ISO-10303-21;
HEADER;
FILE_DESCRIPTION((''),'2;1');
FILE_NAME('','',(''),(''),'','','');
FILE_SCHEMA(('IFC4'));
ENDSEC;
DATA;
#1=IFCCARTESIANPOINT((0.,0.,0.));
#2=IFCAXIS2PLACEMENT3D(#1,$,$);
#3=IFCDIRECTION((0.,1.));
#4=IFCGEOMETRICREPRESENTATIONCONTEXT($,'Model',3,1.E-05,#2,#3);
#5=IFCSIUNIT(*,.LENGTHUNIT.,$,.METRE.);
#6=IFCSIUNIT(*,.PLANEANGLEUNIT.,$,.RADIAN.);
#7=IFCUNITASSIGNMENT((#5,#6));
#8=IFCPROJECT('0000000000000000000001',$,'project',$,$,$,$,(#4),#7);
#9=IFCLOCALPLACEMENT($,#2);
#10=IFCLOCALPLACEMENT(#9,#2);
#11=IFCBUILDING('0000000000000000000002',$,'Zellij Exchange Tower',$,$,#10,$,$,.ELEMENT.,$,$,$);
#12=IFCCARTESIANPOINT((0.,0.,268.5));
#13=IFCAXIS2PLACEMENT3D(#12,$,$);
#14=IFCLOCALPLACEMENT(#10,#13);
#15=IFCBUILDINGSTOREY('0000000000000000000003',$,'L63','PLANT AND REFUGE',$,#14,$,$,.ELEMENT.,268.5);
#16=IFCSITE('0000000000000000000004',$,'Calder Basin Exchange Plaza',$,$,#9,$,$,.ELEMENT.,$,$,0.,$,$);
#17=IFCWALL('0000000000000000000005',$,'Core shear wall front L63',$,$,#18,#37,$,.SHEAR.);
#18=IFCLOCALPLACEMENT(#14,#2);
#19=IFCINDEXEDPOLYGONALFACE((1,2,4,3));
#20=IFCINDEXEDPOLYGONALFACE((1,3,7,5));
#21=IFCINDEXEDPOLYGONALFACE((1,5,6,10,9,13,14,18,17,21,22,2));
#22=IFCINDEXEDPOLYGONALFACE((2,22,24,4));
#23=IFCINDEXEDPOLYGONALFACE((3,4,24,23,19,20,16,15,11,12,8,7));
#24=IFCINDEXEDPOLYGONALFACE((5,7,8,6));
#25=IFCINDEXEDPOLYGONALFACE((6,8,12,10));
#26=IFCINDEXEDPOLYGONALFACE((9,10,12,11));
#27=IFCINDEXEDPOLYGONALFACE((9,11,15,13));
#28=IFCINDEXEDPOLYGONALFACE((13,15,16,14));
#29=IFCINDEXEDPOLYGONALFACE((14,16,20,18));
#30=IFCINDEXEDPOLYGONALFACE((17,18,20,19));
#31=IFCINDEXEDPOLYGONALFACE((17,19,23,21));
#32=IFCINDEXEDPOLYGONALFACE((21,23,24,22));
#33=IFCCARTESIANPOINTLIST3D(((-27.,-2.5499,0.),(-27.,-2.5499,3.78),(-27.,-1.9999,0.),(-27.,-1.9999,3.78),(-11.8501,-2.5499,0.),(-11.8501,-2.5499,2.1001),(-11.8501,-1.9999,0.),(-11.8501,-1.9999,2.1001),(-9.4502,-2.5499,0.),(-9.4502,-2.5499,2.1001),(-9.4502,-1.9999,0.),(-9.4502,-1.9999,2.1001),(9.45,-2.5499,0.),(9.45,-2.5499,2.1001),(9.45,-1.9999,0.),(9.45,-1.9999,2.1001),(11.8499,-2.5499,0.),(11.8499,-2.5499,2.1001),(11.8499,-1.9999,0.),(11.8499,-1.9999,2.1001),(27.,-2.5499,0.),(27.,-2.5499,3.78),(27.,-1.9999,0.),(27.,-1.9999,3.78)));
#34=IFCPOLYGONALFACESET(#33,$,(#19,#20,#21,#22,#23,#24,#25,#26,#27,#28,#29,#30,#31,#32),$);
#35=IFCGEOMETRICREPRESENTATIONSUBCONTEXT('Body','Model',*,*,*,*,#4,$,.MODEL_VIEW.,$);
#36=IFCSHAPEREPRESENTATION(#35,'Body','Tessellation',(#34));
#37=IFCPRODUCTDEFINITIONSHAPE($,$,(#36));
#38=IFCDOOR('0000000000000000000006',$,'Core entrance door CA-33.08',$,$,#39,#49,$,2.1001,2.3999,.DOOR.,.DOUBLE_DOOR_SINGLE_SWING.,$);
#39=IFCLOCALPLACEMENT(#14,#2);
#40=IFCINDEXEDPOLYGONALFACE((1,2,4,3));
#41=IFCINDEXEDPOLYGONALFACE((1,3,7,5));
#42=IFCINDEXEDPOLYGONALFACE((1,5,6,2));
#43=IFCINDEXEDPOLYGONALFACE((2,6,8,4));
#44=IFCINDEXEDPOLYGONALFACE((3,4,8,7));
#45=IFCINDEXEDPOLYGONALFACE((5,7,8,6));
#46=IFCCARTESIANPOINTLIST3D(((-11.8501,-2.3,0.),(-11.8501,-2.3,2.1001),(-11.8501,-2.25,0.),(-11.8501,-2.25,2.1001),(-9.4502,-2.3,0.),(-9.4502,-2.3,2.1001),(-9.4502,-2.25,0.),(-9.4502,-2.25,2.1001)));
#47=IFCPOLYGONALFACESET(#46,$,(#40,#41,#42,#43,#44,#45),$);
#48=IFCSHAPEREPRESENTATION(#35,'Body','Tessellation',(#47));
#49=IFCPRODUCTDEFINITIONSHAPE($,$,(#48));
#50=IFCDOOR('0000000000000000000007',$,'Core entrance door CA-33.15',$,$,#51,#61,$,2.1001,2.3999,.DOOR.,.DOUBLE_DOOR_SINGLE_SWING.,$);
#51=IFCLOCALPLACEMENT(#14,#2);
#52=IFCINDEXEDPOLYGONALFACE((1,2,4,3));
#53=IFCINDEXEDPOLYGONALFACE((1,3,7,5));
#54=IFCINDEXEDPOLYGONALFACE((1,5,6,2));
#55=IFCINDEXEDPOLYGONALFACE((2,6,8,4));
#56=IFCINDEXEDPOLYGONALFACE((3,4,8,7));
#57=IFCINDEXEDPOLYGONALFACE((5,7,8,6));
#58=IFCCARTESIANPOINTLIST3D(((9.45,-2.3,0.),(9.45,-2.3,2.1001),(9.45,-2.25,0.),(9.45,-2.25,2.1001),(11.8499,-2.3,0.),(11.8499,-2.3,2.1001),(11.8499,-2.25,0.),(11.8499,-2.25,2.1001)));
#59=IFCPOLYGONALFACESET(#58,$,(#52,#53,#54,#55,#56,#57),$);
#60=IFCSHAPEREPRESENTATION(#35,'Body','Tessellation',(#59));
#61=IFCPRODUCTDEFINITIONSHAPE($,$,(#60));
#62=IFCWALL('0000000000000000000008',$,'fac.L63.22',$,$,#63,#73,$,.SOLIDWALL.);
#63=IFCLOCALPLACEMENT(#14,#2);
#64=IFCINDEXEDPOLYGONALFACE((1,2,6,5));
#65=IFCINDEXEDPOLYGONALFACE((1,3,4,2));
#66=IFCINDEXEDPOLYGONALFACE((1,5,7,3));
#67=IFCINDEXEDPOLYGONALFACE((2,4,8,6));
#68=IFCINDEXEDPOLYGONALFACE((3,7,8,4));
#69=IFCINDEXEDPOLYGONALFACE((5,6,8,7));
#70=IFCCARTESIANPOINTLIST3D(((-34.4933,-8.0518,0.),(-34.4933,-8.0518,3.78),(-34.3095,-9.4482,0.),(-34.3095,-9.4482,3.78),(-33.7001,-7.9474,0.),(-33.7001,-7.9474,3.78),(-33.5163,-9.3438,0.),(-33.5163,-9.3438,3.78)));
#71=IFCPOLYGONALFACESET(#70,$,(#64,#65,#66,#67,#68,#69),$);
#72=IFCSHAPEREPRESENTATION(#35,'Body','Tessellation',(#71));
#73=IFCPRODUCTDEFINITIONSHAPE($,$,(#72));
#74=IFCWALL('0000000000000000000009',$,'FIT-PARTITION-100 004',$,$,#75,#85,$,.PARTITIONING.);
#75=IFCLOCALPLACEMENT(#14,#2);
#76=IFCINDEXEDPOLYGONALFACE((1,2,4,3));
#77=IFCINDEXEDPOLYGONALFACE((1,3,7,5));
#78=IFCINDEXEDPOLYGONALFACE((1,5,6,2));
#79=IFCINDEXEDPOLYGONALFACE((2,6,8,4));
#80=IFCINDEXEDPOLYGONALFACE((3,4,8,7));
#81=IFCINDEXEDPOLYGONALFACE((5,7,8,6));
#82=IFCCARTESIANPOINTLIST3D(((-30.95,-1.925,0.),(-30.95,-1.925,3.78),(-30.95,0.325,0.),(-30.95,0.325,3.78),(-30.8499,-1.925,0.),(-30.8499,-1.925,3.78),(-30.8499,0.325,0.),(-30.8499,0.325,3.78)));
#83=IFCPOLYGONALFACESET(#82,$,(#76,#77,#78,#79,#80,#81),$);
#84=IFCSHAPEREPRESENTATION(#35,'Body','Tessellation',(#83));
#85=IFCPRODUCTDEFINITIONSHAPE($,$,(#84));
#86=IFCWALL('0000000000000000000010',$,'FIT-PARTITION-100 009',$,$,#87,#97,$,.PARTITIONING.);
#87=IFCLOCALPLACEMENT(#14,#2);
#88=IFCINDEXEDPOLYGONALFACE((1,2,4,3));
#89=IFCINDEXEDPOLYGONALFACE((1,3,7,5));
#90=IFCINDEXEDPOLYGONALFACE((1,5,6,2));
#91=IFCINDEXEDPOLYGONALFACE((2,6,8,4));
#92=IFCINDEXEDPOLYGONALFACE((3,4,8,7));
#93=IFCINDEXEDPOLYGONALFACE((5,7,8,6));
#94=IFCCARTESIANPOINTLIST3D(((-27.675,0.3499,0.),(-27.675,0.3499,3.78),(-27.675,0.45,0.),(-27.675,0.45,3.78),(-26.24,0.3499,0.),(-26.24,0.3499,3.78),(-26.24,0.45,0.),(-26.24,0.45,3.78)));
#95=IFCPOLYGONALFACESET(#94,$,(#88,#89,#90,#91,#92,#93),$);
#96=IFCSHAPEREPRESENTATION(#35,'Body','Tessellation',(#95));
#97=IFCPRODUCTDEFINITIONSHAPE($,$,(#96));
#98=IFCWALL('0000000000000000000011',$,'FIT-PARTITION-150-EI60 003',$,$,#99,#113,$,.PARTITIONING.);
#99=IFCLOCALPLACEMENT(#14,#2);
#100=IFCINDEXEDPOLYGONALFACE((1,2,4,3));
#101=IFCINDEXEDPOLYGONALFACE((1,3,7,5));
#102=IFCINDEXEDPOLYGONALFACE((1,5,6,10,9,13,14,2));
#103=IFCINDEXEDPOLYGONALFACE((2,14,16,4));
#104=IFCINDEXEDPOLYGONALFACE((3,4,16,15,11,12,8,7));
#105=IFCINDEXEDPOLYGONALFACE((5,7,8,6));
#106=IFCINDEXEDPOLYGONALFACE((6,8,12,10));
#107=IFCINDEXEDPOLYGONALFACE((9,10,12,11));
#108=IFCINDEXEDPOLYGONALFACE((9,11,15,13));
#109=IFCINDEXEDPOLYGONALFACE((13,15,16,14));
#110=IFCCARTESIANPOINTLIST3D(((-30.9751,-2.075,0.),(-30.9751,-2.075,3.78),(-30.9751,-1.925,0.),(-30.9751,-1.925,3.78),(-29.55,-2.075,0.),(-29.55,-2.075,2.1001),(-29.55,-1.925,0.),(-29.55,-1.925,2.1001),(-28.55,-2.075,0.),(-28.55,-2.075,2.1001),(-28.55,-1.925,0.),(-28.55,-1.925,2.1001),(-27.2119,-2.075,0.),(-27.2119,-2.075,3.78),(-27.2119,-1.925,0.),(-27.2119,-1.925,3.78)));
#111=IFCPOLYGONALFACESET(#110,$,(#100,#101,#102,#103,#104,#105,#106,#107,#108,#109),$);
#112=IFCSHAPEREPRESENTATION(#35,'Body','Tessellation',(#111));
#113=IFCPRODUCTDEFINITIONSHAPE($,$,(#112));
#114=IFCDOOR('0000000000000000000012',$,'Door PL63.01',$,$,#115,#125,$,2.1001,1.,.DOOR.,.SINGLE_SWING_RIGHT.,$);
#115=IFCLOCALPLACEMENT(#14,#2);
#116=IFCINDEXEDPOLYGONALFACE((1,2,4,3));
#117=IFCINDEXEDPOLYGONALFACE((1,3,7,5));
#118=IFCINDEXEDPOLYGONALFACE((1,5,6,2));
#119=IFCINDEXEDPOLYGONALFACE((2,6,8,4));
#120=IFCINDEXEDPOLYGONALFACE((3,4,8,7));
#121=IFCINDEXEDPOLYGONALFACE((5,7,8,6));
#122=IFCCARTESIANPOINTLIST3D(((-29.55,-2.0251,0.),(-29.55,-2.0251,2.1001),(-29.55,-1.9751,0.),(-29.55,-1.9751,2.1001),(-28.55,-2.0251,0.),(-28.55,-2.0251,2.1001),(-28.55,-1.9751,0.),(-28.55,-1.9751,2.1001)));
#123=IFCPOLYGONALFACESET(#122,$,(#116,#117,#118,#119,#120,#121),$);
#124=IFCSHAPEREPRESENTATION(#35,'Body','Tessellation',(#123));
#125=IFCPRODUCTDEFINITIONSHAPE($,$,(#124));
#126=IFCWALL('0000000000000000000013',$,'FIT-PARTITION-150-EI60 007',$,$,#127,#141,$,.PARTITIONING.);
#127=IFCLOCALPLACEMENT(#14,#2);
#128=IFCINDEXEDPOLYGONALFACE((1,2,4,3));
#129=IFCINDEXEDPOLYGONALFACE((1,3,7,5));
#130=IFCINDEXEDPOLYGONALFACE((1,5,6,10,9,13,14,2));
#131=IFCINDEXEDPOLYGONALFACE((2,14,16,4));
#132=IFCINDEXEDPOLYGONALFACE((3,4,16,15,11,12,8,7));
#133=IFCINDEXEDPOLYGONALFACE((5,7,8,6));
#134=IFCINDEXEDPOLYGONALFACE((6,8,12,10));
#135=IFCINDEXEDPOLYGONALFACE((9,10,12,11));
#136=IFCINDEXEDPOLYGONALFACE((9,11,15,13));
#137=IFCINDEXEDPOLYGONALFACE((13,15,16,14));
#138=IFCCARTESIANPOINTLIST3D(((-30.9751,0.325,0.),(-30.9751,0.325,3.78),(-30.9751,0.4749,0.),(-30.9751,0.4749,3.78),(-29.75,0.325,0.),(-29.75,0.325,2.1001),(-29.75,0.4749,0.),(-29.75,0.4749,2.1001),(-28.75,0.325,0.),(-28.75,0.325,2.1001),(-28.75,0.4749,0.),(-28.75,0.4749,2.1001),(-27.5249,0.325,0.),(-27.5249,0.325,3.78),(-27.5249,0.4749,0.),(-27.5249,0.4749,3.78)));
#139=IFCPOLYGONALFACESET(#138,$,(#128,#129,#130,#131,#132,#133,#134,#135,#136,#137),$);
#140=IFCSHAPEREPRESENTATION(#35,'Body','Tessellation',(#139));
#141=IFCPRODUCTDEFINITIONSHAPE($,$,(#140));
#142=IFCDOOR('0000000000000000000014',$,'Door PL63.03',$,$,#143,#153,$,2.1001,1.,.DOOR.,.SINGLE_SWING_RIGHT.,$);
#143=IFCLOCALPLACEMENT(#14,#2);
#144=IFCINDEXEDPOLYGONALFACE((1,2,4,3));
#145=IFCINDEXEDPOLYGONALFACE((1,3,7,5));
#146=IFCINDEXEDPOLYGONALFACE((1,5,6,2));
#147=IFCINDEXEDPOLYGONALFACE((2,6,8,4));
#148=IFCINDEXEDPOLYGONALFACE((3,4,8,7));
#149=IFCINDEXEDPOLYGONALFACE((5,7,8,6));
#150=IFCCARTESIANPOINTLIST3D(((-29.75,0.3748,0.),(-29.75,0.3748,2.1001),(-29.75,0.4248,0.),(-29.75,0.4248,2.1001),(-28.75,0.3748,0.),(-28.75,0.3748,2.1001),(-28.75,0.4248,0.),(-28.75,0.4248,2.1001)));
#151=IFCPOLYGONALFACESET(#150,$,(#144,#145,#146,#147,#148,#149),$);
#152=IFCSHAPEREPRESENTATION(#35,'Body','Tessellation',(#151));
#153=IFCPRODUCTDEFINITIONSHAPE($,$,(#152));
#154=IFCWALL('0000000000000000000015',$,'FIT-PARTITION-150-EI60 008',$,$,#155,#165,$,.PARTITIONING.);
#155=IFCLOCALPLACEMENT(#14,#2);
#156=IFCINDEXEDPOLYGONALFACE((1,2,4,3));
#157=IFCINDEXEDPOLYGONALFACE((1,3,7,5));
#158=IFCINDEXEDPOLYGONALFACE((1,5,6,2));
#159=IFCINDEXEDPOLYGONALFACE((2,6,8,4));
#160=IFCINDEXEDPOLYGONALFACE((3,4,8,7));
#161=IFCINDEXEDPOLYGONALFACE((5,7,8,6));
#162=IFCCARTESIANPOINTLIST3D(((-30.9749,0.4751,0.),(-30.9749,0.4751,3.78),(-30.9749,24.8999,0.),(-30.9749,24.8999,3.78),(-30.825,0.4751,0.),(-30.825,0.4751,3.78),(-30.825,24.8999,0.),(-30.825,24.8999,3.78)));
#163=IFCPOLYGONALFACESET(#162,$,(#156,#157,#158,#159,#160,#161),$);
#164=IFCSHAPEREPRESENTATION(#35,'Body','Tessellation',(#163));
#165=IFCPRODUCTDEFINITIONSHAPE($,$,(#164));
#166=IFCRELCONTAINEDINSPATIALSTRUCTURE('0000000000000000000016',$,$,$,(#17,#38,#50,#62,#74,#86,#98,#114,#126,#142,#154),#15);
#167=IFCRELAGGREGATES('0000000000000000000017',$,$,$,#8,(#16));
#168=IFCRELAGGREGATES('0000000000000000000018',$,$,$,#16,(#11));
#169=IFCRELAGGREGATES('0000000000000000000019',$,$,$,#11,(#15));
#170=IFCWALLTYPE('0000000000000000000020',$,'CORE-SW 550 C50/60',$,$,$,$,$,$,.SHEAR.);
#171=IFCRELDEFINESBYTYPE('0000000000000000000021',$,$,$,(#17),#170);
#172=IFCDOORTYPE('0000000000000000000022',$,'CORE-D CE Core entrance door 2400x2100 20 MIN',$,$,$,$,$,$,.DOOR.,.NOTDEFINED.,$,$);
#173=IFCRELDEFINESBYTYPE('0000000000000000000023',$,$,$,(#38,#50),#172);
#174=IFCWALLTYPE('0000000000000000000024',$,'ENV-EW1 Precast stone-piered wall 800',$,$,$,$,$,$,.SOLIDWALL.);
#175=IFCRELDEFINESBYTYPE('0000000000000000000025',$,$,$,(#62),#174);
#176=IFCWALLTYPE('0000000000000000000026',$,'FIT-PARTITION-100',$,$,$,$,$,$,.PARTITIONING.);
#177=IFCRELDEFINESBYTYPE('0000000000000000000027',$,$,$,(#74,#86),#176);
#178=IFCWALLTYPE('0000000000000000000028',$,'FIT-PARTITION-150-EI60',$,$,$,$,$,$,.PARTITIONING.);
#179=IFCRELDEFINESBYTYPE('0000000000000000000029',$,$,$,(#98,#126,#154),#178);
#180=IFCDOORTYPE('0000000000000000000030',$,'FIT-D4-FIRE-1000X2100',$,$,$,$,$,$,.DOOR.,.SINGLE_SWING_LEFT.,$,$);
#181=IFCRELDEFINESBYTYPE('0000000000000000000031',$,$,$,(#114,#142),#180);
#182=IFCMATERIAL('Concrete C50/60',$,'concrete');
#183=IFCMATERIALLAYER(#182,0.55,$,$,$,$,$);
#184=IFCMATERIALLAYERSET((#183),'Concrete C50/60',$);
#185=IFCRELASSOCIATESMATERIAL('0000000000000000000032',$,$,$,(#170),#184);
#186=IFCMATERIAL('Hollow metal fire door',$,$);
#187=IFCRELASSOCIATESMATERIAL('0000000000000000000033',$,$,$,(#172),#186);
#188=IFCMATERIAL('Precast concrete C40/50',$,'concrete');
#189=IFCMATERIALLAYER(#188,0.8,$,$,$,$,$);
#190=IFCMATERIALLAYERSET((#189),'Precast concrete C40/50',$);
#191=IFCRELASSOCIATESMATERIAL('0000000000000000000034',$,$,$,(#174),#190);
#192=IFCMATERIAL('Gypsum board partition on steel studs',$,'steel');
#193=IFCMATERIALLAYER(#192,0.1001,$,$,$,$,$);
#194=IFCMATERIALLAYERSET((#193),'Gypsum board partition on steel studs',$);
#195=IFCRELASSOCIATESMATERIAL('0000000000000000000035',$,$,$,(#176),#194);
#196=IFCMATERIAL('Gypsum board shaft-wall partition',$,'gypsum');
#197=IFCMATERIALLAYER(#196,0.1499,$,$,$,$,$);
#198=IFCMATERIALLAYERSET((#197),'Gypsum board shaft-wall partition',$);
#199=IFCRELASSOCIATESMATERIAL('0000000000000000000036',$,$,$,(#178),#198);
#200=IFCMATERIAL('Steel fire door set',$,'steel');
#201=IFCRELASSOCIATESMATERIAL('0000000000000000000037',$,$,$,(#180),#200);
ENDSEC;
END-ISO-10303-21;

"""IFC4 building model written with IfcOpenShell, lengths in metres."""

from ifc_helpers import new_model, si_unit, direction, frame, frame_2d, origin, place, context, subcontext, project, spatial, rectangle, extrude, material, layer, layer_set, type_object, element, fill, save


model = new_model("IFC4")

# Units and contexts
model_context = context("Model", 3, precision=1e-05, world=origin(), true_north=direction((0.0, 1.0)))
body_context = subcontext(model_context, "Body", "Model", "MODEL_VIEW")
ifc_project = project(units=[si_unit("LENGTHUNIT", "METRE"), si_unit("PLANEANGLEUNIT", "RADIAN")], contexts=[model_context])

# Site, building, storey
site_placement = place(None, origin())
site = spatial("IfcSite", under=ifc_project, at=site_placement, Name="Calder Basin Exchange Plaza", CompositionType="ELEMENT", RefElevation=0.0)
building_placement = place(site_placement, origin())
building = spatial("IfcBuilding", under=site, at=building_placement, Name="Zellij Exchange Tower", CompositionType="ELEMENT")
storey_placement = place(building_placement, frame((0.0, 0.0, 268.5)))
storey = spatial("IfcBuildingStorey", under=building, at=storey_placement, Name="L63", Description="PLANT AND REFUGE", CompositionType="ELEMENT", Elevation=268.5)

# Wall, openings, doors
ifc_material_1 = material(Name="Concrete C50/60", Category="concrete")
ifc_layer_1 = layer(ifc_material_1, 0.55)
ifc_layer_set_1 = layer_set([ifc_layer_1], Name="Concrete C50/60")
wall_type_1 = type_object("IfcWallType", Name="CORE-SW 550 C50/60", PredefinedType="SHEAR", material=ifc_layer_set_1)
wall_1_placement = place(storey_placement, frame((-27.0, -2.2749, 0.0), z_axis=(0.0, 0.0, 1.0), x_axis=(1.0, 0.0, 0.0)))
wall_1 = element("IfcWall", 1, at=wall_1_placement, inside=storey, type_object=wall_type_1, Name="Core shear wall front L63", PredefinedType="SHEAR", context=body_context, shape_type="SweptSolid", body=[
    extrude(rectangle(XDim=54.0, YDim=0.55, at=frame_2d((27.0, 0.0))), origin(), (0.0, 0.0, 1.0), 3.78),
])
opening_1_placement = place(wall_1_placement, frame((15.1499, 0.0, 0.0)))
opening_1 = element("IfcOpeningElement", 2, at=opening_1_placement, cuts=wall_1, PredefinedType="OPENING", context=body_context, shape_type="SweptSolid", body=[
    extrude(rectangle(XDim=2.3999, YDim=2.1001, at=frame_2d((1.2, 1.05))), frame((0.0, 0.2871, 0.0), z_axis=(0.0, -1.0, 0.0), x_axis=(1.0, 0.0, 0.0)), (0.0, 0.0, 1.0), 0.574),
])
opening_2_placement = place(wall_1_placement, frame((36.45, 0.0, 0.0)))
opening_2 = element("IfcOpeningElement", 3, at=opening_2_placement, cuts=wall_1, PredefinedType="OPENING", context=body_context, shape_type="SweptSolid", body=[
    extrude(rectangle(XDim=2.3999, YDim=2.1001, at=frame_2d((1.2, 1.05))), frame((0.0, 0.2871, 0.0), z_axis=(0.0, -1.0, 0.0), x_axis=(1.0, 0.0, 0.0)), (0.0, 0.0, 1.0), 0.574),
])
ifc_material_2 = material(Name="Hollow metal fire door")
door_type_1 = type_object("IfcDoorType", Name="CORE-D CE Core entrance door 2400x2100 20 MIN", OperationType="NOTDEFINED", PredefinedType="DOOR", material=ifc_material_2)
door_1_placement = place(opening_1_placement, origin())
door_1 = element("IfcDoor", 4, at=door_1_placement, inside=storey, type_object=door_type_1, Name="Core entrance door CA-33.08", OperationType="DOUBLE_DOOR_SINGLE_SWING", OverallHeight=2.1001, OverallWidth=2.3999, PredefinedType="DOOR", context=body_context, shape_type="SweptSolid", body=[
    extrude(rectangle(XDim=2.3999, YDim=2.1001, at=frame_2d((1.2, 1.05))), frame((0.0, 0.0249, 0.0), z_axis=(0.0, -1.0, 0.0), x_axis=(1.0, 0.0, 0.0)), (0.0, 0.0, 1.0), 0.05),
])
fill(opening_1, door_1)
door_2_placement = place(opening_2_placement, origin())
door_2 = element("IfcDoor", 5, at=door_2_placement, inside=storey, type_object=door_type_1, Name="Core entrance door CA-33.15", OperationType="DOUBLE_DOOR_SINGLE_SWING", OverallHeight=2.1001, OverallWidth=2.3999, PredefinedType="DOOR", context=body_context, shape_type="SweptSolid", body=[
    extrude(rectangle(XDim=2.3999, YDim=2.1001, at=frame_2d((1.2, 1.05))), frame((0.0, 0.0249, 0.0), z_axis=(0.0, -1.0, 0.0), x_axis=(1.0, 0.0, 0.0)), (0.0, 0.0, 1.0), 0.05),
])
fill(opening_2, door_2)

# Walls
ifc_material_3 = material(Name="Precast concrete C40/50", Category="concrete")
ifc_layer_2 = layer(ifc_material_3, 0.8)
ifc_layer_set_2 = layer_set([ifc_layer_2], Name="Precast concrete C40/50")
wall_type_2 = type_object("IfcWallType", Name="ENV-EW1 Precast stone-piered wall 800", PredefinedType="SOLIDWALL", material=ifc_layer_set_2)
wall_2_placement = place(storey_placement, frame((-34.0967, -7.9998, 0.0), z_axis=(0.0, 0.0, 1.0), x_axis=(0.130517, -0.991446, 0.0)))
element("IfcWall", 6, at=wall_2_placement, inside=storey, type_object=wall_type_2, Name="fac.L63.22", PredefinedType="SOLIDWALL", context=body_context, shape_type="SweptSolid", body=[
    extrude(rectangle(XDim=1.4084, YDim=0.8, at=frame_2d((0.7041, 0.0))), origin(), (0.0, 0.0, 1.0), 3.78),
])
ifc_material_4 = material(Name="Gypsum board partition on steel studs", Category="steel")
ifc_layer_3 = layer(ifc_material_4, 0.1001)
ifc_layer_set_3 = layer_set([ifc_layer_3], Name="Gypsum board partition on steel studs")
wall_type_3 = type_object("IfcWallType", Name="FIT-PARTITION-100", PredefinedType="PARTITIONING", material=ifc_layer_set_3)
wall_3_placement = place(storey_placement, frame((-30.8999, -1.925, 0.0), z_axis=(0.0, 0.0, 1.0), x_axis=(0.0, 1.0, 0.0)))
element("IfcWall", 7, at=wall_3_placement, inside=storey, type_object=wall_type_3, Name="FIT-PARTITION-100 004", PredefinedType="PARTITIONING", context=body_context, shape_type="SweptSolid", body=[
    extrude(rectangle(XDim=2.25, YDim=0.1001, at=frame_2d((1.125, 0.0))), origin(), (0.0, 0.0, 1.0), 3.78),
])
wall_4_placement = place(storey_placement, frame((-27.675, 0.3999, 0.0), z_axis=(0.0, 0.0, 1.0), x_axis=(1.0, 0.0, 0.0)))
element("IfcWall", 8, at=wall_4_placement, inside=storey, type_object=wall_type_3, Name="FIT-PARTITION-100 009", PredefinedType="PARTITIONING", context=body_context, shape_type="SweptSolid", body=[
    extrude(rectangle(XDim=1.4351, YDim=0.1001, at=frame_2d((0.7175, 0.0))), origin(), (0.0, 0.0, 1.0), 3.78),
])

# Walls, openings, doors
ifc_material_5 = material(Name="Gypsum board shaft-wall partition", Category="gypsum")
ifc_layer_4 = layer(ifc_material_5, 0.1499)
ifc_layer_set_4 = layer_set([ifc_layer_4], Name="Gypsum board shaft-wall partition")
wall_type_4 = type_object("IfcWallType", Name="FIT-PARTITION-150-EI60", PredefinedType="PARTITIONING", material=ifc_layer_set_4)
wall_5_placement = place(storey_placement, frame((-30.9751, -2.0, 0.0), z_axis=(0.0, 0.0, 1.0), x_axis=(1.0, 0.0, 0.0)))
wall_5 = element("IfcWall", 9, at=wall_5_placement, inside=storey, type_object=wall_type_4, Name="FIT-PARTITION-150-EI60 003", PredefinedType="PARTITIONING", context=body_context, shape_type="SweptSolid", body=[
    extrude(rectangle(XDim=3.7632, YDim=0.1499, at=frame_2d((1.8816, 0.0))), origin(), (0.0, 0.0, 1.0), 3.78),
])
opening_3_placement = place(wall_5_placement, frame((1.425, 0.0, 0.0)))
opening_3 = element("IfcOpeningElement", 10, at=opening_3_placement, cuts=wall_5, PredefinedType="OPENING", context=body_context, shape_type="SweptSolid", body=[
    extrude(rectangle(XDim=1.0, YDim=2.1001, at=frame_2d((0.5, 1.05))), frame((0.0, 0.0869, 0.0), z_axis=(0.0, -1.0, 0.0), x_axis=(1.0, 0.0, 0.0)), (0.0, 0.0, 1.0), 0.1738),
])
ifc_material_6 = material(Name="Steel fire door set", Category="steel")
door_type_2 = type_object("IfcDoorType", Name="FIT-D4-FIRE-1000X2100", OperationType="SINGLE_SWING_LEFT", PredefinedType="DOOR", material=ifc_material_6)
door_3_placement = place(opening_3_placement, origin())
door_3 = element("IfcDoor", 11, at=door_3_placement, inside=storey, type_object=door_type_2, Name="Door PL63.01", OperationType="SINGLE_SWING_RIGHT", OverallHeight=2.1001, OverallWidth=1.0, PredefinedType="DOOR", context=body_context, shape_type="SweptSolid", body=[
    extrude(rectangle(XDim=1.0, YDim=2.1001, at=frame_2d((0.5, 1.05))), frame((0.0, 0.0249, 0.0), z_axis=(0.0, -1.0, 0.0), x_axis=(1.0, 0.0, 0.0)), (0.0, 0.0, 1.0), 0.05),
])
fill(opening_3, door_3)
wall_6_placement = place(storey_placement, frame((-30.9751, 0.3999, 0.0), z_axis=(0.0, 0.0, 1.0), x_axis=(1.0, 0.0, 0.0)))
wall_6 = element("IfcWall", 12, at=wall_6_placement, inside=storey, type_object=wall_type_4, Name="FIT-PARTITION-150-EI60 007", PredefinedType="PARTITIONING", context=body_context, shape_type="SweptSolid", body=[
    extrude(rectangle(XDim=3.4502, YDim=0.1499, at=frame_2d((1.7251, 0.0))), origin(), (0.0, 0.0, 1.0), 3.78),
])
opening_4_placement = place(wall_6_placement, frame((1.2251, 0.0, 0.0)))
opening_4 = element("IfcOpeningElement", 13, at=opening_4_placement, cuts=wall_6, PredefinedType="OPENING", context=body_context, shape_type="SweptSolid", body=[
    extrude(rectangle(XDim=1.0, YDim=2.1001, at=frame_2d((0.5, 1.05))), frame((0.0, 0.0869, 0.0), z_axis=(0.0, -1.0, 0.0), x_axis=(1.0, 0.0, 0.0)), (0.0, 0.0, 1.0), 0.1738),
])
door_4_placement = place(opening_4_placement, origin())
door_4 = element("IfcDoor", 14, at=door_4_placement, inside=storey, type_object=door_type_2, Name="Door PL63.03", OperationType="SINGLE_SWING_RIGHT", OverallHeight=2.1001, OverallWidth=1.0, PredefinedType="DOOR", context=body_context, shape_type="SweptSolid", body=[
    extrude(rectangle(XDim=1.0, YDim=2.1001, at=frame_2d((0.5, 1.05))), frame((0.0, 0.0249, 0.0), z_axis=(0.0, -1.0, 0.0), x_axis=(1.0, 0.0, 0.0)), (0.0, 0.0, 1.0), 0.05),
])
fill(opening_4, door_4)

# Wall
for number, where, z_axis, x_axis, name in (
    (15, (-30.8999, 0.4751, 0.0), (0.0, 0.0, 1.0), (0.0, 1.0, 0.0), "FIT-PARTITION-150-EI60 008"),
):
    element("IfcWall", number, at=place(storey_placement, frame(where, z_axis=z_axis, x_axis=x_axis)), inside=storey, type_object=wall_type_4, Name=name, PredefinedType="PARTITIONING", context=body_context, shape_type="SweptSolid", body=[
        extrude(rectangle(XDim=24.4248, YDim=0.1499, at=frame_2d((12.2124, 0.0))), origin(), (0.0, 0.0, 1.0), 3.78),
    ])

save(model, "model.ifc")
